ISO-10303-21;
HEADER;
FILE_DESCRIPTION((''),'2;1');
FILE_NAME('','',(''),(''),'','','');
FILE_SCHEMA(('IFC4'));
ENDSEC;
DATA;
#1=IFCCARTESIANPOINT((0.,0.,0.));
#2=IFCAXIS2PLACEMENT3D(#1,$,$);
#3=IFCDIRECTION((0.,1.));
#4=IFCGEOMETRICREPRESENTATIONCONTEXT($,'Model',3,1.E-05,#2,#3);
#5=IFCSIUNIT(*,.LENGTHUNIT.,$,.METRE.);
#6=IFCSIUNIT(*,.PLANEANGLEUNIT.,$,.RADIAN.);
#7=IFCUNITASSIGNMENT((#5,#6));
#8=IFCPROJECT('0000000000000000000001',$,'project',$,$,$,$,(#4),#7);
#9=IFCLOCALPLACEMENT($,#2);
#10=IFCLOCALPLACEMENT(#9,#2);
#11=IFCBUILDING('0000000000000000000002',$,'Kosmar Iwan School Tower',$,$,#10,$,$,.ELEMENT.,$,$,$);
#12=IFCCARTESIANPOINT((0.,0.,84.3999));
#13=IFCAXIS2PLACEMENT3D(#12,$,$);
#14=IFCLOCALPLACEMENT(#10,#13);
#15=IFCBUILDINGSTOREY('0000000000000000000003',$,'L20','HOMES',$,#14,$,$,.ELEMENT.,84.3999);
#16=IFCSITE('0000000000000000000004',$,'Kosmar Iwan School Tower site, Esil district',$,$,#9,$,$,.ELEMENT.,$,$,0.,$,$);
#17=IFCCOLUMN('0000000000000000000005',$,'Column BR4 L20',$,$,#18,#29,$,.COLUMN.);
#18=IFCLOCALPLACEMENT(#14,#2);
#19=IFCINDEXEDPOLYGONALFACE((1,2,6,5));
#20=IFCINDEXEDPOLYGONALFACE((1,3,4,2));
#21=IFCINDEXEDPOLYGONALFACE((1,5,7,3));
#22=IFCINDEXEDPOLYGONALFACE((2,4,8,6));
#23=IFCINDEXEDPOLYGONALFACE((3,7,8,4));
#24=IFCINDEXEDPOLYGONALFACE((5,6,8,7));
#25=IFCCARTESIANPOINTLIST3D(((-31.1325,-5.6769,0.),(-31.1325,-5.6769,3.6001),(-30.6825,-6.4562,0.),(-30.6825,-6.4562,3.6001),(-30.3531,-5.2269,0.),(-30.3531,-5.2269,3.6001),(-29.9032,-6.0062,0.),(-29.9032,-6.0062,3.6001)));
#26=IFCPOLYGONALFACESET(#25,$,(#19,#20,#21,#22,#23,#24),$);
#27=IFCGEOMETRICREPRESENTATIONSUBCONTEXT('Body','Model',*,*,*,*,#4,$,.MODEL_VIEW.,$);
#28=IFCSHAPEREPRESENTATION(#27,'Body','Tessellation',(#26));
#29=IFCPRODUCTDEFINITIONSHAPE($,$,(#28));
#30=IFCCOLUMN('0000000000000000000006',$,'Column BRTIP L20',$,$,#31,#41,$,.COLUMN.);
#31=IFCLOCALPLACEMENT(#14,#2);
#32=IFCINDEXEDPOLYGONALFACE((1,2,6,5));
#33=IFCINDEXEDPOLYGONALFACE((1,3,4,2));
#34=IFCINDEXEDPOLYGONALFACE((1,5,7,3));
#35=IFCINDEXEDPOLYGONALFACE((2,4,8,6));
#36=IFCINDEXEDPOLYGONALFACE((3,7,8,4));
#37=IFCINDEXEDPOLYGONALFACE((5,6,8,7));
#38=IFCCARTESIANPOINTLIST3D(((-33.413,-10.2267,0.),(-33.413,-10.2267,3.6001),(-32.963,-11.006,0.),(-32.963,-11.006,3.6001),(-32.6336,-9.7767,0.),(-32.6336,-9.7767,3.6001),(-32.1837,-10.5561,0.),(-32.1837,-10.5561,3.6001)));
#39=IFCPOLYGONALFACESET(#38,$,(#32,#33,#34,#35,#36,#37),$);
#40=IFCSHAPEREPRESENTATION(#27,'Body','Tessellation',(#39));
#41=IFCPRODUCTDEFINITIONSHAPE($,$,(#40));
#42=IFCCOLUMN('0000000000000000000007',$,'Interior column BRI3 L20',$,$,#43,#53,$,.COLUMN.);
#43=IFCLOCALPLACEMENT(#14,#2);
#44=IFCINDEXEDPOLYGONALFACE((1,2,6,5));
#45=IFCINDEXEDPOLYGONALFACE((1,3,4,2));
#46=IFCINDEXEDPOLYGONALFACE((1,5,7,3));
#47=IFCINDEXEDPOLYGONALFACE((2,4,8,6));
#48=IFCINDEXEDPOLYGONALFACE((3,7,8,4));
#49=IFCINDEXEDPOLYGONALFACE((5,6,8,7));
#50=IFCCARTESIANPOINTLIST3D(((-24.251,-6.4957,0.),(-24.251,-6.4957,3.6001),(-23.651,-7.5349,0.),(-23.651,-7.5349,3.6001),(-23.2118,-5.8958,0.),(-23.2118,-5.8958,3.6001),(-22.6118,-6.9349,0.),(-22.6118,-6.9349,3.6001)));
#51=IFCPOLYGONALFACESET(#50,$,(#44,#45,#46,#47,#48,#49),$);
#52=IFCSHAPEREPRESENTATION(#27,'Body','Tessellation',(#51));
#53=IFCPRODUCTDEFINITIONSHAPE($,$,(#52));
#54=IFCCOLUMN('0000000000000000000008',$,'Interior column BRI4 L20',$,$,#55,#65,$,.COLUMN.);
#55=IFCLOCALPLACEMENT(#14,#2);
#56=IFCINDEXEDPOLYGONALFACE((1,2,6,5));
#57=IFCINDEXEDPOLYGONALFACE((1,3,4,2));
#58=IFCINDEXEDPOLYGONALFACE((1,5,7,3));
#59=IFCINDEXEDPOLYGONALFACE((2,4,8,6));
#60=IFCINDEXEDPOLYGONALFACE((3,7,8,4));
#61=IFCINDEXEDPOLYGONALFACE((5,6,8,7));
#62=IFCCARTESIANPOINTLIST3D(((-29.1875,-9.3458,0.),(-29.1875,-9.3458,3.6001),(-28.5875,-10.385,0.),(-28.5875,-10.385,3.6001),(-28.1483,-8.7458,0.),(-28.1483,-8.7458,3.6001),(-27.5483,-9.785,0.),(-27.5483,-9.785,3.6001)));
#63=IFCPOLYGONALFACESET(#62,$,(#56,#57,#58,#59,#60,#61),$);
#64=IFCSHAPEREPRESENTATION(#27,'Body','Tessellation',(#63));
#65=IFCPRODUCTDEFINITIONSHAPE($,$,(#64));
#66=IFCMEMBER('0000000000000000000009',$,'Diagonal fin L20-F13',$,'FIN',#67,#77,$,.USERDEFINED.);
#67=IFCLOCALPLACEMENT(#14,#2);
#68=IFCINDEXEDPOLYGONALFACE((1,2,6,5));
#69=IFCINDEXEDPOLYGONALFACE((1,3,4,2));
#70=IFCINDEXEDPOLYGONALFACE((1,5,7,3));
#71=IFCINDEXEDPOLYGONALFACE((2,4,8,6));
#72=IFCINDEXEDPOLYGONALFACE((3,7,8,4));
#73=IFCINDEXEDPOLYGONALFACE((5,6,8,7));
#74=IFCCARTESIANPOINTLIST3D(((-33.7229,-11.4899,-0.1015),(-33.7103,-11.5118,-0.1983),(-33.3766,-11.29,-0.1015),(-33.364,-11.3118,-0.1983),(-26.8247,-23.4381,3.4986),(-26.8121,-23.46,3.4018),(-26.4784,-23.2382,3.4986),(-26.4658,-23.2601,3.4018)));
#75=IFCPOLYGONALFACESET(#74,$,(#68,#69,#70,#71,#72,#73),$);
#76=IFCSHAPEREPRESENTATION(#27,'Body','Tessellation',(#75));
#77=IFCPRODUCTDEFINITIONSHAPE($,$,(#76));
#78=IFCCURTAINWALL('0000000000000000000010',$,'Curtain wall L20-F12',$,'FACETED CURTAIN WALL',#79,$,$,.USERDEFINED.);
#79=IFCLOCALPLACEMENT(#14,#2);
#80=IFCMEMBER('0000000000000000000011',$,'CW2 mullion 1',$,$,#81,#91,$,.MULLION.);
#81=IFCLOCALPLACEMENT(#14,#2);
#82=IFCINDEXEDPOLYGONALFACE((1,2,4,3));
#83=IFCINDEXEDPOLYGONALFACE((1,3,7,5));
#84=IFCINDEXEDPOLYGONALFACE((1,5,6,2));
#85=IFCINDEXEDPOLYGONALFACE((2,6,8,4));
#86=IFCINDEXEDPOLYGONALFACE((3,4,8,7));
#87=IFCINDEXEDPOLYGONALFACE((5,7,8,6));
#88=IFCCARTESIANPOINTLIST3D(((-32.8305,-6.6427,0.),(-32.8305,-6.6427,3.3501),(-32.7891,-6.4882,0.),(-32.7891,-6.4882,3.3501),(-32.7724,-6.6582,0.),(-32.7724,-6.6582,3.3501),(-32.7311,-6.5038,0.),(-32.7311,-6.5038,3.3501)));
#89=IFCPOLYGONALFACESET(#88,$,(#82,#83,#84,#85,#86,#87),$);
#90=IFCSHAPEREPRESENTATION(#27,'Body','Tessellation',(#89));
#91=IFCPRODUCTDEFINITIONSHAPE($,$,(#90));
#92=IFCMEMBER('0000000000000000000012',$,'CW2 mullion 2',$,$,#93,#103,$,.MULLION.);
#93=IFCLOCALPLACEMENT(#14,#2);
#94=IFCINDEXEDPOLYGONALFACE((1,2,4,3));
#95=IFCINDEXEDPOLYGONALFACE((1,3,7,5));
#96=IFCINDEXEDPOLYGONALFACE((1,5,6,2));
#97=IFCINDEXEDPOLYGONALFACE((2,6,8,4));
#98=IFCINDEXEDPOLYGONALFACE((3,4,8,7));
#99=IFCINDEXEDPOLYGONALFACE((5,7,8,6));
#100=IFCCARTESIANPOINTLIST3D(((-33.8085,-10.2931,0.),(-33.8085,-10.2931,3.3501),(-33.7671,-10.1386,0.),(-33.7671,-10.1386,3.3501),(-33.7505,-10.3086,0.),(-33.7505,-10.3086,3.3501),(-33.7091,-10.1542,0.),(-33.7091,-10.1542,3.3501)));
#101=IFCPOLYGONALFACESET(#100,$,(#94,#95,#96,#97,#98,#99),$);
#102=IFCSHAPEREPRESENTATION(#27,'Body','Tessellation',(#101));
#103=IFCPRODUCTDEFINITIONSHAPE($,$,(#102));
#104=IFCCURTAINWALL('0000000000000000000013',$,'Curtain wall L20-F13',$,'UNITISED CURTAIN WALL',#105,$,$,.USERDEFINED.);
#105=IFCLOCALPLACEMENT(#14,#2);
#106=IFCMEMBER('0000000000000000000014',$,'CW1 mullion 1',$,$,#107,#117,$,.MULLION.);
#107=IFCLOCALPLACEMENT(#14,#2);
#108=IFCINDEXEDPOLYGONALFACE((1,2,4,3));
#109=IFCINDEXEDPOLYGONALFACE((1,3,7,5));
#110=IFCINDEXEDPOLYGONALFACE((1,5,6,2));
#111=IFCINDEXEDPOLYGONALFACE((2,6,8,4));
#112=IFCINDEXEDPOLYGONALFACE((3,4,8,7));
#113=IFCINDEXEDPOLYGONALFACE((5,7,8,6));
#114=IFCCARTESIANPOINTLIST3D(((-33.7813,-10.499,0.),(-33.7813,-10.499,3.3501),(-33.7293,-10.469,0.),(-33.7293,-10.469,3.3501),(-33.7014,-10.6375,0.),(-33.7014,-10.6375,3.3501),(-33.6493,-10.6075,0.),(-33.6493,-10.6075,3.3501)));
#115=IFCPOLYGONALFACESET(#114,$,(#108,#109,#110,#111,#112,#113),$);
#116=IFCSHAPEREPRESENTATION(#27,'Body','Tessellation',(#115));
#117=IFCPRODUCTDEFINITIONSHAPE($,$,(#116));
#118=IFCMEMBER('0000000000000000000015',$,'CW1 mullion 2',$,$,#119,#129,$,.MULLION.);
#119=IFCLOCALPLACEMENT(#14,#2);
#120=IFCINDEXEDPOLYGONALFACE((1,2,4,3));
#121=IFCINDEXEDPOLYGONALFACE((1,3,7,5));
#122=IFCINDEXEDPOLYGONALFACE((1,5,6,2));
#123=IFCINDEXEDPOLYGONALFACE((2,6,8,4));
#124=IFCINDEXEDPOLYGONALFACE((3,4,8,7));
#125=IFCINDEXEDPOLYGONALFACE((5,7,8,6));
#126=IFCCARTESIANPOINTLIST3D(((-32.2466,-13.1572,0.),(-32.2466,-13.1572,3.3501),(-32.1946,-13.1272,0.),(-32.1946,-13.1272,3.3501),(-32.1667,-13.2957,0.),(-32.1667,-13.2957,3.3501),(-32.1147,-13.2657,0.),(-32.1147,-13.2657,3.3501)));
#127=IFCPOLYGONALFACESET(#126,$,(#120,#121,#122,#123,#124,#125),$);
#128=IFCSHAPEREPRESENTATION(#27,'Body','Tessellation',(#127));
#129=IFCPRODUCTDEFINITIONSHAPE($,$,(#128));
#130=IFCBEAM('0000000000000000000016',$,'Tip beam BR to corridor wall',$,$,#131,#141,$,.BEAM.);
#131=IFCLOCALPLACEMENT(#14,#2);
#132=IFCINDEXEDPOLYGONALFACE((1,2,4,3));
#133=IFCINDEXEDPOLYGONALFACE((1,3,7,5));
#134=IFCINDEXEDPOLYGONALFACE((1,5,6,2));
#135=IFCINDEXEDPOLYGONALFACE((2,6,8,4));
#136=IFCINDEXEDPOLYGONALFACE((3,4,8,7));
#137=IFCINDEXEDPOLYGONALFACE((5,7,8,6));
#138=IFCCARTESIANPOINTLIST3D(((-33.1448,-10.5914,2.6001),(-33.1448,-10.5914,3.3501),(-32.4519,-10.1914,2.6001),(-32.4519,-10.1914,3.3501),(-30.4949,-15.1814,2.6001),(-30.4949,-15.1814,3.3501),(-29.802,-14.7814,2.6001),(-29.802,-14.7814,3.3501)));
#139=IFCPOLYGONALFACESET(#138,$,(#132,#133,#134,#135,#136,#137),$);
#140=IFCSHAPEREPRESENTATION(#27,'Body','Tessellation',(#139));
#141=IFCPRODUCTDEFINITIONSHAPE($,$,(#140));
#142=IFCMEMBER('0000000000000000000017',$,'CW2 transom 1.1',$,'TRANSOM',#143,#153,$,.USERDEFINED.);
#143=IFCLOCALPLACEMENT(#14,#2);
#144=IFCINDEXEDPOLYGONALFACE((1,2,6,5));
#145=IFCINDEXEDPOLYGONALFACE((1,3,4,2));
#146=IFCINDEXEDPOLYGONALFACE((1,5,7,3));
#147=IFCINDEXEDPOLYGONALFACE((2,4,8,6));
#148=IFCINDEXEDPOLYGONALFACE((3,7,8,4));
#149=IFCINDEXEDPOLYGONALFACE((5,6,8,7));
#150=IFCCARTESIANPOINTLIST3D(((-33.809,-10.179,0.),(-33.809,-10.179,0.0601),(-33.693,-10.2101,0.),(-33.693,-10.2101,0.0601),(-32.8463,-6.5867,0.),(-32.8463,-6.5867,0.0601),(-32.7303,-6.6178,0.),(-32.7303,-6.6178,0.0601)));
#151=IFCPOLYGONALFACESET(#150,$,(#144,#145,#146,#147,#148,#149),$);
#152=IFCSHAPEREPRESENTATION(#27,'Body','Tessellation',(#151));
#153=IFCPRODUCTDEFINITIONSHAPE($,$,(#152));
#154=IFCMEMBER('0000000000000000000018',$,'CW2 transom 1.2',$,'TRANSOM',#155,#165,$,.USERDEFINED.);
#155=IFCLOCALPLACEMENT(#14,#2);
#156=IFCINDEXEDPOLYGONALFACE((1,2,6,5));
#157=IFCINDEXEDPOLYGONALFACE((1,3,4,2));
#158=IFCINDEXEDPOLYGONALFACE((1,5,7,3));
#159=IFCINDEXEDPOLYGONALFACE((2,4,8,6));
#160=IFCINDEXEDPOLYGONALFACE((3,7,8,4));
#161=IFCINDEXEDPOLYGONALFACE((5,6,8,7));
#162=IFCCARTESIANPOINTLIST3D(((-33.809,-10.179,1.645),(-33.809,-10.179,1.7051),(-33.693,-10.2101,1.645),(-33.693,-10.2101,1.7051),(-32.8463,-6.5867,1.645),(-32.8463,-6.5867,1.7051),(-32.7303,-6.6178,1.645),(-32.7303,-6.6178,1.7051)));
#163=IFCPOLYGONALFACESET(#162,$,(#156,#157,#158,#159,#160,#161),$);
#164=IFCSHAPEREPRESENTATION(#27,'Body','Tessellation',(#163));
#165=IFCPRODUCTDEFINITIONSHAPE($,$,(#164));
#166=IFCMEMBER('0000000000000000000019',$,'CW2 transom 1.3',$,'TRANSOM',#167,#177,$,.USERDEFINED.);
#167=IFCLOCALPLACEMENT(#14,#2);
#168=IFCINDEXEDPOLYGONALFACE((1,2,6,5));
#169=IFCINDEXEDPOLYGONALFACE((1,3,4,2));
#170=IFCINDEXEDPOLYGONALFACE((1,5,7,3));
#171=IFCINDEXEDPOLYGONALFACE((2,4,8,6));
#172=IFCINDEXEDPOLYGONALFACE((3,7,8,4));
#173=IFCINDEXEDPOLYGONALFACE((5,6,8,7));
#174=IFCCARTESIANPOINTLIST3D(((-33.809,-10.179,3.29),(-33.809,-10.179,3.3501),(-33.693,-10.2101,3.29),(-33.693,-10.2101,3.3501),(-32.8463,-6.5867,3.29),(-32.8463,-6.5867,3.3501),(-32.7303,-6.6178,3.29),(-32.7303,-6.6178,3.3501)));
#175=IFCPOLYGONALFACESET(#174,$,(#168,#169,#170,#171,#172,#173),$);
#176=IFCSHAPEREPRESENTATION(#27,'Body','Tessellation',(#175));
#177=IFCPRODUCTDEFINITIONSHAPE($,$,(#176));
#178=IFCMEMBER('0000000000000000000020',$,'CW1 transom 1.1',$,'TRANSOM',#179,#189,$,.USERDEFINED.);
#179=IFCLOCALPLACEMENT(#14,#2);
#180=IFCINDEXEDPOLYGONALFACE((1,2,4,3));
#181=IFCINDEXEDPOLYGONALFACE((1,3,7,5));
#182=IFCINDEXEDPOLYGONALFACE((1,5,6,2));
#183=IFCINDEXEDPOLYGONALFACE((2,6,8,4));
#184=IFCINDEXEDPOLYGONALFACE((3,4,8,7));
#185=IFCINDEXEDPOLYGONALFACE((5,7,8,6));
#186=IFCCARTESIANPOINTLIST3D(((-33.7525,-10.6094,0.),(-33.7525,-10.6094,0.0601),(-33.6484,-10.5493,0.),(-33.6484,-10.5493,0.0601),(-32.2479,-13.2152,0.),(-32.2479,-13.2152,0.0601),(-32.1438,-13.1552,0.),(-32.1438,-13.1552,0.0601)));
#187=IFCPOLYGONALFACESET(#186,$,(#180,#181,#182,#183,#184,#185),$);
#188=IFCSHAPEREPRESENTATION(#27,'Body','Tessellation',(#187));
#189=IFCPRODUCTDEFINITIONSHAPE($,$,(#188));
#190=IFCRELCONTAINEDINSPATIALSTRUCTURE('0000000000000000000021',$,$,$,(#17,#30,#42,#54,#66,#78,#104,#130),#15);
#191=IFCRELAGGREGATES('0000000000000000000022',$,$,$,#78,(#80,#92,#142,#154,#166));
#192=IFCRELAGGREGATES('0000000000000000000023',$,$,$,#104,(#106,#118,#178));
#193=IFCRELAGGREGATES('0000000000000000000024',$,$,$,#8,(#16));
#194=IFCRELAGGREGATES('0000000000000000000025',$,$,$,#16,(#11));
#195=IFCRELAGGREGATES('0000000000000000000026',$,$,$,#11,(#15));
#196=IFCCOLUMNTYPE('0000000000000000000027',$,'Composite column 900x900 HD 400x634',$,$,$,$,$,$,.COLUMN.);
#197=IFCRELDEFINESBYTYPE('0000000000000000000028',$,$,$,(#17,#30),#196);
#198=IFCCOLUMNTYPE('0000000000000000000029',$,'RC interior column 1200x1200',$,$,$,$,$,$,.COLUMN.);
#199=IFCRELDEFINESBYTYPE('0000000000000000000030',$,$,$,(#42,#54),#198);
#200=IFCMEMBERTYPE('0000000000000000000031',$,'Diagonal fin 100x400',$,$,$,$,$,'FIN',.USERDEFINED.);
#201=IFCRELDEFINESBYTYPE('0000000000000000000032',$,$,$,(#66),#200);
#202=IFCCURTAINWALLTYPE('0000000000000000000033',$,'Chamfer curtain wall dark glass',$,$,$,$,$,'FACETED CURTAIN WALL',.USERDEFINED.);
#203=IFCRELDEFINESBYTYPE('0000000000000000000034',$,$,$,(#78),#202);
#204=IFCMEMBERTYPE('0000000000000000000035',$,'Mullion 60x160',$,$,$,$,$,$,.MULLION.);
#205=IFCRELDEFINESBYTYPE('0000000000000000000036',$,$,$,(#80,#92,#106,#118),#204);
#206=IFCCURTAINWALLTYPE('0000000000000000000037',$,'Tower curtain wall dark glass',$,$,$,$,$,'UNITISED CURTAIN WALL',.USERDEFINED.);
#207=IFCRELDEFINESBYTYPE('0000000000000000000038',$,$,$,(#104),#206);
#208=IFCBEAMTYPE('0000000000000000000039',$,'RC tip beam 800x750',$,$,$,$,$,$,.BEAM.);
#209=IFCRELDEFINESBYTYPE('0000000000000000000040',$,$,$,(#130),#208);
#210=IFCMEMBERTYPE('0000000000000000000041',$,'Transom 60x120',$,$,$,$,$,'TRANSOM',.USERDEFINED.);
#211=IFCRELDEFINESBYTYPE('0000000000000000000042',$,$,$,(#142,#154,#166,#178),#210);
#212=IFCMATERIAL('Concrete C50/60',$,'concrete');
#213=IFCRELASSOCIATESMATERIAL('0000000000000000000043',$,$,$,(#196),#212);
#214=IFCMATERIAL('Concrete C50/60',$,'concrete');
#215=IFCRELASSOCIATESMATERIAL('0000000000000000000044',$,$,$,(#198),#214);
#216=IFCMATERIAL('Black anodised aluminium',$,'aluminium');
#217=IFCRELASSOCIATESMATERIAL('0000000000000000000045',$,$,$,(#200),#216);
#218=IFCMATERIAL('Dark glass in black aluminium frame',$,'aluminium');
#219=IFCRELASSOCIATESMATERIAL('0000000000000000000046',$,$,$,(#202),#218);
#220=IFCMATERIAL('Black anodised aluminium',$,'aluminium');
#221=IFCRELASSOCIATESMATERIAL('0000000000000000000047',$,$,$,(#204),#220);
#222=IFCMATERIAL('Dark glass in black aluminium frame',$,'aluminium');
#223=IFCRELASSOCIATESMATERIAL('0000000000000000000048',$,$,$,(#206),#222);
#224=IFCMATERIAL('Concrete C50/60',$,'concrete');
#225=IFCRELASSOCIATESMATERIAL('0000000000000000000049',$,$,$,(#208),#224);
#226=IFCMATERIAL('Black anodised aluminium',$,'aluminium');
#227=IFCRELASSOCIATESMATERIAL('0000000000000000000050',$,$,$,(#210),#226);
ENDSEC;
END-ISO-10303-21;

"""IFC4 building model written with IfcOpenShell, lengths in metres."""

from ifc_helpers import new_model, si_unit, direction, frame, origin, origin_2d, place, context, subcontext, project, spatial, rectangle, extrude, material, material_profile, profile_set, type_object, element, aggregate, save


model = new_model("IFC4")

# Units and contexts
model_context = context("Model", 3, precision=1e-05, world=origin(), true_north=direction((0.0, 1.0)))
body_context = subcontext(model_context, "Body", "Model", "MODEL_VIEW")
ifc_project = project(units=[si_unit("LENGTHUNIT", "METRE"), si_unit("PLANEANGLEUNIT", "RADIAN")], contexts=[model_context])

# Site, building, storey
site_placement = place(None, origin())
site = spatial("IfcSite", under=ifc_project, at=site_placement, Name="Kosmar Iwan School Tower site, Esil district", CompositionType="ELEMENT", RefElevation=0.0)
building_placement = place(site_placement, origin())
building = spatial("IfcBuilding", under=site, at=building_placement, Name="Kosmar Iwan School Tower", CompositionType="ELEMENT")
storey_placement = place(building_placement, frame((0.0, 0.0, 84.3999)))
storey = spatial("IfcBuildingStorey", under=building, at=storey_placement, Name="L20", Description="HOMES", CompositionType="ELEMENT", Elevation=84.3999)

# Columns
ifc_material_1 = material(Name="Concrete C50/60", Category="concrete")
ifc_material_profile_1 = material_profile(ifc_material_1, rectangle(XDim=0.8999, YDim=0.8999, at=origin_2d()), Name="RC 900x900 + HD 400x634")
ifc_profile_set_1 = profile_set([ifc_material_profile_1], Name="Concrete C50/60")
column_type_1 = type_object("IfcColumnType", Name="Composite column 900x900 HD 400x634", PredefinedType="COLUMN", material=ifc_profile_set_1)
for number, where, z_axis, x_axis, name in (
    (1, (-30.5178, -5.8416, 0.0), (0.0, 0.0, 1.0), (-0.866025, -0.5, 0.0), "Column BR4 L20"),
    (2, (-32.7983, -10.3914, 0.0), (0.0, 0.0, 1.0), (-0.866025, -0.5, 0.0), "Column BRTIP L20"),
):
    element("IfcColumn", number, at=place(storey_placement, frame(where, z_axis=z_axis, x_axis=x_axis)), inside=storey, type_object=column_type_1, Name=name, PredefinedType="COLUMN", context=body_context, shape_type="SweptSolid", body=[
        extrude(rectangle(XDim=0.8999, YDim=0.8999, at=origin_2d()), origin(), (0.0, 0.0, 1.0), 3.6001),
    ])
ifc_material_2 = material(Name="Concrete C50/60", Category="concrete")
ifc_material_profile_2 = material_profile(ifc_material_2, rectangle(XDim=1.2, YDim=1.2, at=origin_2d()), Name="RC 1200x1200")
ifc_profile_set_2 = profile_set([ifc_material_profile_2], Name="Concrete C50/60")
column_type_2 = type_object("IfcColumnType", Name="RC interior column 1200x1200", PredefinedType="COLUMN", material=ifc_profile_set_2)
for number, where, z_axis, x_axis, name in (
    (3, (-23.4314, -6.7153, 0.0), (0.0, 0.0, 1.0), (-0.866025, -0.5, 0.0), "Interior column BRI3 L20"),
    (4, (-28.3679, -9.5654, 0.0), (0.0, 0.0, 1.0), (-0.866025, -0.5, 0.0), "Interior column BRI4 L20"),
):
    element("IfcColumn", number, at=place(storey_placement, frame(where, z_axis=z_axis, x_axis=x_axis)), inside=storey, type_object=column_type_2, Name=name, PredefinedType="COLUMN", context=body_context, shape_type="SweptSolid", body=[
        extrude(rectangle(XDim=1.2, YDim=1.2, at=origin_2d()), origin(), (0.0, 0.0, 1.0), 3.6001),
    ])

# Member
ifc_material_3 = material(Name="Black anodised aluminium", Category="aluminium")
ifc_material_profile_3 = material_profile(ifc_material_3, rectangle(XDim=0.1001, YDim=0.3999, at=origin_2d()), Name="FIN 100x400")
ifc_profile_set_3 = profile_set([ifc_material_profile_3], Name="Black anodised aluminium")
member_type_1 = type_object("IfcMemberType", Name="Diagonal fin 100x400", ElementType="FIN", PredefinedType="USERDEFINED", material=ifc_profile_set_3)
member_1_placement = place(storey_placement, frame((-33.5435, -11.4009, -0.1499), z_axis=(0.483793, -0.83797, 0.252487), x_axis=(-0.126242, 0.218661, 0.9676)))
element("IfcMember", 5, at=member_1_placement, inside=storey, type_object=member_type_1, Name="Diagonal fin L20-F13", ObjectType="FIN", PredefinedType="USERDEFINED", context=body_context, shape_type="SweptSolid", body=[
    extrude(rectangle(XDim=0.1001, YDim=0.3999, at=origin_2d()), origin(), (0.0, 0.0, 1.0), 14.2585),
])

# Curtain walls, members
ifc_material_4 = material(Name="Dark glass in black aluminium frame", Category="aluminium")
curtain_wall_type_1 = type_object("IfcCurtainWallType", Name="Chamfer curtain wall dark glass", ElementType="FACETED CURTAIN WALL", PredefinedType="USERDEFINED", material=ifc_material_4)
curtain_wall_1_placement = place(storey_placement, origin())
curtain_wall_1 = element("IfcCurtainWall", 6, at=curtain_wall_1_placement, inside=storey, type_object=curtain_wall_type_1, Name="Curtain wall L20-F12", ObjectType="FACETED CURTAIN WALL", PredefinedType="USERDEFINED")
ifc_material_5 = material(Name="Black anodised aluminium", Category="aluminium")
ifc_material_profile_4 = material_profile(ifc_material_5, rectangle(XDim=0.0601, YDim=0.1599, at=origin_2d()), Name="MULLION 60x160")
ifc_profile_set_4 = profile_set([ifc_material_profile_4], Name="Black anodised aluminium")
member_type_2 = type_object("IfcMemberType", Name="Mullion 60x160", PredefinedType="MULLION", material=ifc_profile_set_4)
member_2_placement = place(storey_placement, frame((-32.7808, -6.5732, 0.0), z_axis=(0.0, 0.0, 1.0), x_axis=(0.965926, -0.258819, 0.0)))
member_2 = element("IfcMember", 7, at=member_2_placement, type_object=member_type_2, Name="CW2 mullion 1", PredefinedType="MULLION", context=body_context, shape_type="SweptSolid", body=[
    extrude(rectangle(XDim=0.0601, YDim=0.1599, at=origin_2d()), origin(), (0.0, 0.0, 1.0), 3.3501),
])
member_3_placement = place(storey_placement, frame((-33.7588, -10.2236, 0.0), z_axis=(0.0, 0.0, 1.0), x_axis=(0.965926, -0.258819, 0.0)))
member_3 = element("IfcMember", 8, at=member_3_placement, type_object=member_type_2, Name="CW2 mullion 2", PredefinedType="MULLION", context=body_context, shape_type="SweptSolid", body=[
    extrude(rectangle(XDim=0.0601, YDim=0.1599, at=origin_2d()), origin(), (0.0, 0.0, 1.0), 3.3501),
])
ifc_material_6 = material(Name="Dark glass in black aluminium frame", Category="aluminium")
curtain_wall_type_2 = type_object("IfcCurtainWallType", Name="Tower curtain wall dark glass", ElementType="UNITISED CURTAIN WALL", PredefinedType="USERDEFINED", material=ifc_material_6)
curtain_wall_2_placement = place(storey_placement, origin())
curtain_wall_2 = element("IfcCurtainWall", 9, at=curtain_wall_2_placement, inside=storey, type_object=curtain_wall_type_2, Name="Curtain wall L20-F13", ObjectType="UNITISED CURTAIN WALL", PredefinedType="USERDEFINED")
member_4_placement = place(storey_placement, frame((-33.7153, -10.5532, 0.0), z_axis=(0.0, 0.0, 1.0), x_axis=(0.866025, 0.5, 0.0)))
member_4 = element("IfcMember", 10, at=member_4_placement, type_object=member_type_2, Name="CW1 mullion 1", PredefinedType="MULLION", context=body_context, shape_type="SweptSolid", body=[
    extrude(rectangle(XDim=0.0601, YDim=0.1599, at=origin_2d()), origin(), (0.0, 0.0, 1.0), 3.3501),
])
member_5_placement = place(storey_placement, frame((-32.1807, -13.2114, 0.0), z_axis=(0.0, 0.0, 1.0), x_axis=(0.866025, 0.5, 0.0)))
member_5 = element("IfcMember", 11, at=member_5_placement, type_object=member_type_2, Name="CW1 mullion 2", PredefinedType="MULLION", context=body_context, shape_type="SweptSolid", body=[
    extrude(rectangle(XDim=0.0601, YDim=0.1599, at=origin_2d()), origin(), (0.0, 0.0, 1.0), 3.3501),
])

# Beam
ifc_material_7 = material(Name="Concrete C50/60", Category="concrete")
ifc_material_profile_5 = material_profile(ifc_material_7, rectangle(XDim=0.8, YDim=0.75, at=origin_2d()), Name="RC 800x750")
ifc_profile_set_5 = profile_set([ifc_material_profile_5], Name="Concrete C50/60")
beam_type = type_object("IfcBeamType", Name="RC tip beam 800x750", PredefinedType="BEAM", material=ifc_profile_set_5)
beam_placement = place(storey_placement, frame((-32.7983, -10.3914, 2.9751), z_axis=(0.499974, -0.866041, 0.0), x_axis=(0.866041, 0.499974, 0.0)))
element("IfcBeam", 12, at=beam_placement, inside=storey, type_object=beam_type, Name="Tip beam BR to corridor wall", PredefinedType="BEAM", context=body_context, shape_type="SweptSolid", body=[
    extrude(rectangle(XDim=0.8, YDim=0.75, at=origin_2d()), origin(), (0.0, 0.0, 1.0), 5.3),
])

# Members
ifc_material_8 = material(Name="Black anodised aluminium", Category="aluminium")
ifc_material_profile_6 = material_profile(ifc_material_8, rectangle(XDim=0.1201, YDim=0.0601, at=origin_2d()), Name="TRANSOM 60x120")
ifc_profile_set_6 = profile_set([ifc_material_profile_6], Name="Black anodised aluminium")
member_type_3 = type_object("IfcMemberType", Name="Transom 60x120", ElementType="TRANSOM", PredefinedType="USERDEFINED", material=ifc_profile_set_6)
member_6_placement = place(storey_placement, frame((-32.7883, -6.6023, 0.03), z_axis=(-0.258843, -0.965919, 0.0), x_axis=(0.965919, -0.258843, 0.0)))
member_6 = element("IfcMember", 13, at=member_6_placement, type_object=member_type_3, Name="CW2 transom 1.1", ObjectType="TRANSOM", PredefinedType="USERDEFINED", context=body_context, shape_type="SweptSolid", body=[
    extrude(rectangle(XDim=0.1201, YDim=0.0601, at=origin_2d()), origin(), (0.0, 0.0, 1.0), 3.719),
])
member_7_placement = place(storey_placement, frame((-32.7883, -6.6023, 1.675), z_axis=(-0.258843, -0.965919, 0.0), x_axis=(0.965919, -0.258843, 0.0)))
member_7 = element("IfcMember", 14, at=member_7_placement, type_object=member_type_3, Name="CW2 transom 1.2", ObjectType="TRANSOM", PredefinedType="USERDEFINED", context=body_context, shape_type="SweptSolid", body=[
    extrude(rectangle(XDim=0.1201, YDim=0.0601, at=origin_2d()), origin(), (0.0, 0.0, 1.0), 3.719),
])
member_8_placement = place(storey_placement, frame((-32.7883, -6.6023, 3.3201), z_axis=(-0.258843, -0.965919, 0.0), x_axis=(0.965919, -0.258843, 0.0)))
member_8 = element("IfcMember", 15, at=member_8_placement, type_object=member_type_3, Name="CW2 transom 1.3", ObjectType="TRANSOM", PredefinedType="USERDEFINED", context=body_context, shape_type="SweptSolid", body=[
    extrude(rectangle(XDim=0.1201, YDim=0.0601, at=origin_2d()), origin(), (0.0, 0.0, 1.0), 3.719),
])
member_9_placement = place(storey_placement, frame((-33.7004, -10.5793, 0.03), z_axis=(0.500022, -0.866013, 0.0), x_axis=(0.866013, 0.500022, 0.0)))
member_9 = element("IfcMember", 16, at=member_9_placement, type_object=member_type_3, Name="CW1 transom 1.1", ObjectType="TRANSOM", PredefinedType="USERDEFINED", context=body_context, shape_type="SweptSolid", body=[
    extrude(rectangle(XDim=0.1201, YDim=0.0601, at=origin_2d()), origin(), (0.0, 0.0, 1.0), 3.009),
])

aggregate(curtain_wall_1, [member_2, member_3, member_6, member_7, member_8])
aggregate(curtain_wall_2, [member_4, member_5, member_9])

save(model, "model.ifc")
